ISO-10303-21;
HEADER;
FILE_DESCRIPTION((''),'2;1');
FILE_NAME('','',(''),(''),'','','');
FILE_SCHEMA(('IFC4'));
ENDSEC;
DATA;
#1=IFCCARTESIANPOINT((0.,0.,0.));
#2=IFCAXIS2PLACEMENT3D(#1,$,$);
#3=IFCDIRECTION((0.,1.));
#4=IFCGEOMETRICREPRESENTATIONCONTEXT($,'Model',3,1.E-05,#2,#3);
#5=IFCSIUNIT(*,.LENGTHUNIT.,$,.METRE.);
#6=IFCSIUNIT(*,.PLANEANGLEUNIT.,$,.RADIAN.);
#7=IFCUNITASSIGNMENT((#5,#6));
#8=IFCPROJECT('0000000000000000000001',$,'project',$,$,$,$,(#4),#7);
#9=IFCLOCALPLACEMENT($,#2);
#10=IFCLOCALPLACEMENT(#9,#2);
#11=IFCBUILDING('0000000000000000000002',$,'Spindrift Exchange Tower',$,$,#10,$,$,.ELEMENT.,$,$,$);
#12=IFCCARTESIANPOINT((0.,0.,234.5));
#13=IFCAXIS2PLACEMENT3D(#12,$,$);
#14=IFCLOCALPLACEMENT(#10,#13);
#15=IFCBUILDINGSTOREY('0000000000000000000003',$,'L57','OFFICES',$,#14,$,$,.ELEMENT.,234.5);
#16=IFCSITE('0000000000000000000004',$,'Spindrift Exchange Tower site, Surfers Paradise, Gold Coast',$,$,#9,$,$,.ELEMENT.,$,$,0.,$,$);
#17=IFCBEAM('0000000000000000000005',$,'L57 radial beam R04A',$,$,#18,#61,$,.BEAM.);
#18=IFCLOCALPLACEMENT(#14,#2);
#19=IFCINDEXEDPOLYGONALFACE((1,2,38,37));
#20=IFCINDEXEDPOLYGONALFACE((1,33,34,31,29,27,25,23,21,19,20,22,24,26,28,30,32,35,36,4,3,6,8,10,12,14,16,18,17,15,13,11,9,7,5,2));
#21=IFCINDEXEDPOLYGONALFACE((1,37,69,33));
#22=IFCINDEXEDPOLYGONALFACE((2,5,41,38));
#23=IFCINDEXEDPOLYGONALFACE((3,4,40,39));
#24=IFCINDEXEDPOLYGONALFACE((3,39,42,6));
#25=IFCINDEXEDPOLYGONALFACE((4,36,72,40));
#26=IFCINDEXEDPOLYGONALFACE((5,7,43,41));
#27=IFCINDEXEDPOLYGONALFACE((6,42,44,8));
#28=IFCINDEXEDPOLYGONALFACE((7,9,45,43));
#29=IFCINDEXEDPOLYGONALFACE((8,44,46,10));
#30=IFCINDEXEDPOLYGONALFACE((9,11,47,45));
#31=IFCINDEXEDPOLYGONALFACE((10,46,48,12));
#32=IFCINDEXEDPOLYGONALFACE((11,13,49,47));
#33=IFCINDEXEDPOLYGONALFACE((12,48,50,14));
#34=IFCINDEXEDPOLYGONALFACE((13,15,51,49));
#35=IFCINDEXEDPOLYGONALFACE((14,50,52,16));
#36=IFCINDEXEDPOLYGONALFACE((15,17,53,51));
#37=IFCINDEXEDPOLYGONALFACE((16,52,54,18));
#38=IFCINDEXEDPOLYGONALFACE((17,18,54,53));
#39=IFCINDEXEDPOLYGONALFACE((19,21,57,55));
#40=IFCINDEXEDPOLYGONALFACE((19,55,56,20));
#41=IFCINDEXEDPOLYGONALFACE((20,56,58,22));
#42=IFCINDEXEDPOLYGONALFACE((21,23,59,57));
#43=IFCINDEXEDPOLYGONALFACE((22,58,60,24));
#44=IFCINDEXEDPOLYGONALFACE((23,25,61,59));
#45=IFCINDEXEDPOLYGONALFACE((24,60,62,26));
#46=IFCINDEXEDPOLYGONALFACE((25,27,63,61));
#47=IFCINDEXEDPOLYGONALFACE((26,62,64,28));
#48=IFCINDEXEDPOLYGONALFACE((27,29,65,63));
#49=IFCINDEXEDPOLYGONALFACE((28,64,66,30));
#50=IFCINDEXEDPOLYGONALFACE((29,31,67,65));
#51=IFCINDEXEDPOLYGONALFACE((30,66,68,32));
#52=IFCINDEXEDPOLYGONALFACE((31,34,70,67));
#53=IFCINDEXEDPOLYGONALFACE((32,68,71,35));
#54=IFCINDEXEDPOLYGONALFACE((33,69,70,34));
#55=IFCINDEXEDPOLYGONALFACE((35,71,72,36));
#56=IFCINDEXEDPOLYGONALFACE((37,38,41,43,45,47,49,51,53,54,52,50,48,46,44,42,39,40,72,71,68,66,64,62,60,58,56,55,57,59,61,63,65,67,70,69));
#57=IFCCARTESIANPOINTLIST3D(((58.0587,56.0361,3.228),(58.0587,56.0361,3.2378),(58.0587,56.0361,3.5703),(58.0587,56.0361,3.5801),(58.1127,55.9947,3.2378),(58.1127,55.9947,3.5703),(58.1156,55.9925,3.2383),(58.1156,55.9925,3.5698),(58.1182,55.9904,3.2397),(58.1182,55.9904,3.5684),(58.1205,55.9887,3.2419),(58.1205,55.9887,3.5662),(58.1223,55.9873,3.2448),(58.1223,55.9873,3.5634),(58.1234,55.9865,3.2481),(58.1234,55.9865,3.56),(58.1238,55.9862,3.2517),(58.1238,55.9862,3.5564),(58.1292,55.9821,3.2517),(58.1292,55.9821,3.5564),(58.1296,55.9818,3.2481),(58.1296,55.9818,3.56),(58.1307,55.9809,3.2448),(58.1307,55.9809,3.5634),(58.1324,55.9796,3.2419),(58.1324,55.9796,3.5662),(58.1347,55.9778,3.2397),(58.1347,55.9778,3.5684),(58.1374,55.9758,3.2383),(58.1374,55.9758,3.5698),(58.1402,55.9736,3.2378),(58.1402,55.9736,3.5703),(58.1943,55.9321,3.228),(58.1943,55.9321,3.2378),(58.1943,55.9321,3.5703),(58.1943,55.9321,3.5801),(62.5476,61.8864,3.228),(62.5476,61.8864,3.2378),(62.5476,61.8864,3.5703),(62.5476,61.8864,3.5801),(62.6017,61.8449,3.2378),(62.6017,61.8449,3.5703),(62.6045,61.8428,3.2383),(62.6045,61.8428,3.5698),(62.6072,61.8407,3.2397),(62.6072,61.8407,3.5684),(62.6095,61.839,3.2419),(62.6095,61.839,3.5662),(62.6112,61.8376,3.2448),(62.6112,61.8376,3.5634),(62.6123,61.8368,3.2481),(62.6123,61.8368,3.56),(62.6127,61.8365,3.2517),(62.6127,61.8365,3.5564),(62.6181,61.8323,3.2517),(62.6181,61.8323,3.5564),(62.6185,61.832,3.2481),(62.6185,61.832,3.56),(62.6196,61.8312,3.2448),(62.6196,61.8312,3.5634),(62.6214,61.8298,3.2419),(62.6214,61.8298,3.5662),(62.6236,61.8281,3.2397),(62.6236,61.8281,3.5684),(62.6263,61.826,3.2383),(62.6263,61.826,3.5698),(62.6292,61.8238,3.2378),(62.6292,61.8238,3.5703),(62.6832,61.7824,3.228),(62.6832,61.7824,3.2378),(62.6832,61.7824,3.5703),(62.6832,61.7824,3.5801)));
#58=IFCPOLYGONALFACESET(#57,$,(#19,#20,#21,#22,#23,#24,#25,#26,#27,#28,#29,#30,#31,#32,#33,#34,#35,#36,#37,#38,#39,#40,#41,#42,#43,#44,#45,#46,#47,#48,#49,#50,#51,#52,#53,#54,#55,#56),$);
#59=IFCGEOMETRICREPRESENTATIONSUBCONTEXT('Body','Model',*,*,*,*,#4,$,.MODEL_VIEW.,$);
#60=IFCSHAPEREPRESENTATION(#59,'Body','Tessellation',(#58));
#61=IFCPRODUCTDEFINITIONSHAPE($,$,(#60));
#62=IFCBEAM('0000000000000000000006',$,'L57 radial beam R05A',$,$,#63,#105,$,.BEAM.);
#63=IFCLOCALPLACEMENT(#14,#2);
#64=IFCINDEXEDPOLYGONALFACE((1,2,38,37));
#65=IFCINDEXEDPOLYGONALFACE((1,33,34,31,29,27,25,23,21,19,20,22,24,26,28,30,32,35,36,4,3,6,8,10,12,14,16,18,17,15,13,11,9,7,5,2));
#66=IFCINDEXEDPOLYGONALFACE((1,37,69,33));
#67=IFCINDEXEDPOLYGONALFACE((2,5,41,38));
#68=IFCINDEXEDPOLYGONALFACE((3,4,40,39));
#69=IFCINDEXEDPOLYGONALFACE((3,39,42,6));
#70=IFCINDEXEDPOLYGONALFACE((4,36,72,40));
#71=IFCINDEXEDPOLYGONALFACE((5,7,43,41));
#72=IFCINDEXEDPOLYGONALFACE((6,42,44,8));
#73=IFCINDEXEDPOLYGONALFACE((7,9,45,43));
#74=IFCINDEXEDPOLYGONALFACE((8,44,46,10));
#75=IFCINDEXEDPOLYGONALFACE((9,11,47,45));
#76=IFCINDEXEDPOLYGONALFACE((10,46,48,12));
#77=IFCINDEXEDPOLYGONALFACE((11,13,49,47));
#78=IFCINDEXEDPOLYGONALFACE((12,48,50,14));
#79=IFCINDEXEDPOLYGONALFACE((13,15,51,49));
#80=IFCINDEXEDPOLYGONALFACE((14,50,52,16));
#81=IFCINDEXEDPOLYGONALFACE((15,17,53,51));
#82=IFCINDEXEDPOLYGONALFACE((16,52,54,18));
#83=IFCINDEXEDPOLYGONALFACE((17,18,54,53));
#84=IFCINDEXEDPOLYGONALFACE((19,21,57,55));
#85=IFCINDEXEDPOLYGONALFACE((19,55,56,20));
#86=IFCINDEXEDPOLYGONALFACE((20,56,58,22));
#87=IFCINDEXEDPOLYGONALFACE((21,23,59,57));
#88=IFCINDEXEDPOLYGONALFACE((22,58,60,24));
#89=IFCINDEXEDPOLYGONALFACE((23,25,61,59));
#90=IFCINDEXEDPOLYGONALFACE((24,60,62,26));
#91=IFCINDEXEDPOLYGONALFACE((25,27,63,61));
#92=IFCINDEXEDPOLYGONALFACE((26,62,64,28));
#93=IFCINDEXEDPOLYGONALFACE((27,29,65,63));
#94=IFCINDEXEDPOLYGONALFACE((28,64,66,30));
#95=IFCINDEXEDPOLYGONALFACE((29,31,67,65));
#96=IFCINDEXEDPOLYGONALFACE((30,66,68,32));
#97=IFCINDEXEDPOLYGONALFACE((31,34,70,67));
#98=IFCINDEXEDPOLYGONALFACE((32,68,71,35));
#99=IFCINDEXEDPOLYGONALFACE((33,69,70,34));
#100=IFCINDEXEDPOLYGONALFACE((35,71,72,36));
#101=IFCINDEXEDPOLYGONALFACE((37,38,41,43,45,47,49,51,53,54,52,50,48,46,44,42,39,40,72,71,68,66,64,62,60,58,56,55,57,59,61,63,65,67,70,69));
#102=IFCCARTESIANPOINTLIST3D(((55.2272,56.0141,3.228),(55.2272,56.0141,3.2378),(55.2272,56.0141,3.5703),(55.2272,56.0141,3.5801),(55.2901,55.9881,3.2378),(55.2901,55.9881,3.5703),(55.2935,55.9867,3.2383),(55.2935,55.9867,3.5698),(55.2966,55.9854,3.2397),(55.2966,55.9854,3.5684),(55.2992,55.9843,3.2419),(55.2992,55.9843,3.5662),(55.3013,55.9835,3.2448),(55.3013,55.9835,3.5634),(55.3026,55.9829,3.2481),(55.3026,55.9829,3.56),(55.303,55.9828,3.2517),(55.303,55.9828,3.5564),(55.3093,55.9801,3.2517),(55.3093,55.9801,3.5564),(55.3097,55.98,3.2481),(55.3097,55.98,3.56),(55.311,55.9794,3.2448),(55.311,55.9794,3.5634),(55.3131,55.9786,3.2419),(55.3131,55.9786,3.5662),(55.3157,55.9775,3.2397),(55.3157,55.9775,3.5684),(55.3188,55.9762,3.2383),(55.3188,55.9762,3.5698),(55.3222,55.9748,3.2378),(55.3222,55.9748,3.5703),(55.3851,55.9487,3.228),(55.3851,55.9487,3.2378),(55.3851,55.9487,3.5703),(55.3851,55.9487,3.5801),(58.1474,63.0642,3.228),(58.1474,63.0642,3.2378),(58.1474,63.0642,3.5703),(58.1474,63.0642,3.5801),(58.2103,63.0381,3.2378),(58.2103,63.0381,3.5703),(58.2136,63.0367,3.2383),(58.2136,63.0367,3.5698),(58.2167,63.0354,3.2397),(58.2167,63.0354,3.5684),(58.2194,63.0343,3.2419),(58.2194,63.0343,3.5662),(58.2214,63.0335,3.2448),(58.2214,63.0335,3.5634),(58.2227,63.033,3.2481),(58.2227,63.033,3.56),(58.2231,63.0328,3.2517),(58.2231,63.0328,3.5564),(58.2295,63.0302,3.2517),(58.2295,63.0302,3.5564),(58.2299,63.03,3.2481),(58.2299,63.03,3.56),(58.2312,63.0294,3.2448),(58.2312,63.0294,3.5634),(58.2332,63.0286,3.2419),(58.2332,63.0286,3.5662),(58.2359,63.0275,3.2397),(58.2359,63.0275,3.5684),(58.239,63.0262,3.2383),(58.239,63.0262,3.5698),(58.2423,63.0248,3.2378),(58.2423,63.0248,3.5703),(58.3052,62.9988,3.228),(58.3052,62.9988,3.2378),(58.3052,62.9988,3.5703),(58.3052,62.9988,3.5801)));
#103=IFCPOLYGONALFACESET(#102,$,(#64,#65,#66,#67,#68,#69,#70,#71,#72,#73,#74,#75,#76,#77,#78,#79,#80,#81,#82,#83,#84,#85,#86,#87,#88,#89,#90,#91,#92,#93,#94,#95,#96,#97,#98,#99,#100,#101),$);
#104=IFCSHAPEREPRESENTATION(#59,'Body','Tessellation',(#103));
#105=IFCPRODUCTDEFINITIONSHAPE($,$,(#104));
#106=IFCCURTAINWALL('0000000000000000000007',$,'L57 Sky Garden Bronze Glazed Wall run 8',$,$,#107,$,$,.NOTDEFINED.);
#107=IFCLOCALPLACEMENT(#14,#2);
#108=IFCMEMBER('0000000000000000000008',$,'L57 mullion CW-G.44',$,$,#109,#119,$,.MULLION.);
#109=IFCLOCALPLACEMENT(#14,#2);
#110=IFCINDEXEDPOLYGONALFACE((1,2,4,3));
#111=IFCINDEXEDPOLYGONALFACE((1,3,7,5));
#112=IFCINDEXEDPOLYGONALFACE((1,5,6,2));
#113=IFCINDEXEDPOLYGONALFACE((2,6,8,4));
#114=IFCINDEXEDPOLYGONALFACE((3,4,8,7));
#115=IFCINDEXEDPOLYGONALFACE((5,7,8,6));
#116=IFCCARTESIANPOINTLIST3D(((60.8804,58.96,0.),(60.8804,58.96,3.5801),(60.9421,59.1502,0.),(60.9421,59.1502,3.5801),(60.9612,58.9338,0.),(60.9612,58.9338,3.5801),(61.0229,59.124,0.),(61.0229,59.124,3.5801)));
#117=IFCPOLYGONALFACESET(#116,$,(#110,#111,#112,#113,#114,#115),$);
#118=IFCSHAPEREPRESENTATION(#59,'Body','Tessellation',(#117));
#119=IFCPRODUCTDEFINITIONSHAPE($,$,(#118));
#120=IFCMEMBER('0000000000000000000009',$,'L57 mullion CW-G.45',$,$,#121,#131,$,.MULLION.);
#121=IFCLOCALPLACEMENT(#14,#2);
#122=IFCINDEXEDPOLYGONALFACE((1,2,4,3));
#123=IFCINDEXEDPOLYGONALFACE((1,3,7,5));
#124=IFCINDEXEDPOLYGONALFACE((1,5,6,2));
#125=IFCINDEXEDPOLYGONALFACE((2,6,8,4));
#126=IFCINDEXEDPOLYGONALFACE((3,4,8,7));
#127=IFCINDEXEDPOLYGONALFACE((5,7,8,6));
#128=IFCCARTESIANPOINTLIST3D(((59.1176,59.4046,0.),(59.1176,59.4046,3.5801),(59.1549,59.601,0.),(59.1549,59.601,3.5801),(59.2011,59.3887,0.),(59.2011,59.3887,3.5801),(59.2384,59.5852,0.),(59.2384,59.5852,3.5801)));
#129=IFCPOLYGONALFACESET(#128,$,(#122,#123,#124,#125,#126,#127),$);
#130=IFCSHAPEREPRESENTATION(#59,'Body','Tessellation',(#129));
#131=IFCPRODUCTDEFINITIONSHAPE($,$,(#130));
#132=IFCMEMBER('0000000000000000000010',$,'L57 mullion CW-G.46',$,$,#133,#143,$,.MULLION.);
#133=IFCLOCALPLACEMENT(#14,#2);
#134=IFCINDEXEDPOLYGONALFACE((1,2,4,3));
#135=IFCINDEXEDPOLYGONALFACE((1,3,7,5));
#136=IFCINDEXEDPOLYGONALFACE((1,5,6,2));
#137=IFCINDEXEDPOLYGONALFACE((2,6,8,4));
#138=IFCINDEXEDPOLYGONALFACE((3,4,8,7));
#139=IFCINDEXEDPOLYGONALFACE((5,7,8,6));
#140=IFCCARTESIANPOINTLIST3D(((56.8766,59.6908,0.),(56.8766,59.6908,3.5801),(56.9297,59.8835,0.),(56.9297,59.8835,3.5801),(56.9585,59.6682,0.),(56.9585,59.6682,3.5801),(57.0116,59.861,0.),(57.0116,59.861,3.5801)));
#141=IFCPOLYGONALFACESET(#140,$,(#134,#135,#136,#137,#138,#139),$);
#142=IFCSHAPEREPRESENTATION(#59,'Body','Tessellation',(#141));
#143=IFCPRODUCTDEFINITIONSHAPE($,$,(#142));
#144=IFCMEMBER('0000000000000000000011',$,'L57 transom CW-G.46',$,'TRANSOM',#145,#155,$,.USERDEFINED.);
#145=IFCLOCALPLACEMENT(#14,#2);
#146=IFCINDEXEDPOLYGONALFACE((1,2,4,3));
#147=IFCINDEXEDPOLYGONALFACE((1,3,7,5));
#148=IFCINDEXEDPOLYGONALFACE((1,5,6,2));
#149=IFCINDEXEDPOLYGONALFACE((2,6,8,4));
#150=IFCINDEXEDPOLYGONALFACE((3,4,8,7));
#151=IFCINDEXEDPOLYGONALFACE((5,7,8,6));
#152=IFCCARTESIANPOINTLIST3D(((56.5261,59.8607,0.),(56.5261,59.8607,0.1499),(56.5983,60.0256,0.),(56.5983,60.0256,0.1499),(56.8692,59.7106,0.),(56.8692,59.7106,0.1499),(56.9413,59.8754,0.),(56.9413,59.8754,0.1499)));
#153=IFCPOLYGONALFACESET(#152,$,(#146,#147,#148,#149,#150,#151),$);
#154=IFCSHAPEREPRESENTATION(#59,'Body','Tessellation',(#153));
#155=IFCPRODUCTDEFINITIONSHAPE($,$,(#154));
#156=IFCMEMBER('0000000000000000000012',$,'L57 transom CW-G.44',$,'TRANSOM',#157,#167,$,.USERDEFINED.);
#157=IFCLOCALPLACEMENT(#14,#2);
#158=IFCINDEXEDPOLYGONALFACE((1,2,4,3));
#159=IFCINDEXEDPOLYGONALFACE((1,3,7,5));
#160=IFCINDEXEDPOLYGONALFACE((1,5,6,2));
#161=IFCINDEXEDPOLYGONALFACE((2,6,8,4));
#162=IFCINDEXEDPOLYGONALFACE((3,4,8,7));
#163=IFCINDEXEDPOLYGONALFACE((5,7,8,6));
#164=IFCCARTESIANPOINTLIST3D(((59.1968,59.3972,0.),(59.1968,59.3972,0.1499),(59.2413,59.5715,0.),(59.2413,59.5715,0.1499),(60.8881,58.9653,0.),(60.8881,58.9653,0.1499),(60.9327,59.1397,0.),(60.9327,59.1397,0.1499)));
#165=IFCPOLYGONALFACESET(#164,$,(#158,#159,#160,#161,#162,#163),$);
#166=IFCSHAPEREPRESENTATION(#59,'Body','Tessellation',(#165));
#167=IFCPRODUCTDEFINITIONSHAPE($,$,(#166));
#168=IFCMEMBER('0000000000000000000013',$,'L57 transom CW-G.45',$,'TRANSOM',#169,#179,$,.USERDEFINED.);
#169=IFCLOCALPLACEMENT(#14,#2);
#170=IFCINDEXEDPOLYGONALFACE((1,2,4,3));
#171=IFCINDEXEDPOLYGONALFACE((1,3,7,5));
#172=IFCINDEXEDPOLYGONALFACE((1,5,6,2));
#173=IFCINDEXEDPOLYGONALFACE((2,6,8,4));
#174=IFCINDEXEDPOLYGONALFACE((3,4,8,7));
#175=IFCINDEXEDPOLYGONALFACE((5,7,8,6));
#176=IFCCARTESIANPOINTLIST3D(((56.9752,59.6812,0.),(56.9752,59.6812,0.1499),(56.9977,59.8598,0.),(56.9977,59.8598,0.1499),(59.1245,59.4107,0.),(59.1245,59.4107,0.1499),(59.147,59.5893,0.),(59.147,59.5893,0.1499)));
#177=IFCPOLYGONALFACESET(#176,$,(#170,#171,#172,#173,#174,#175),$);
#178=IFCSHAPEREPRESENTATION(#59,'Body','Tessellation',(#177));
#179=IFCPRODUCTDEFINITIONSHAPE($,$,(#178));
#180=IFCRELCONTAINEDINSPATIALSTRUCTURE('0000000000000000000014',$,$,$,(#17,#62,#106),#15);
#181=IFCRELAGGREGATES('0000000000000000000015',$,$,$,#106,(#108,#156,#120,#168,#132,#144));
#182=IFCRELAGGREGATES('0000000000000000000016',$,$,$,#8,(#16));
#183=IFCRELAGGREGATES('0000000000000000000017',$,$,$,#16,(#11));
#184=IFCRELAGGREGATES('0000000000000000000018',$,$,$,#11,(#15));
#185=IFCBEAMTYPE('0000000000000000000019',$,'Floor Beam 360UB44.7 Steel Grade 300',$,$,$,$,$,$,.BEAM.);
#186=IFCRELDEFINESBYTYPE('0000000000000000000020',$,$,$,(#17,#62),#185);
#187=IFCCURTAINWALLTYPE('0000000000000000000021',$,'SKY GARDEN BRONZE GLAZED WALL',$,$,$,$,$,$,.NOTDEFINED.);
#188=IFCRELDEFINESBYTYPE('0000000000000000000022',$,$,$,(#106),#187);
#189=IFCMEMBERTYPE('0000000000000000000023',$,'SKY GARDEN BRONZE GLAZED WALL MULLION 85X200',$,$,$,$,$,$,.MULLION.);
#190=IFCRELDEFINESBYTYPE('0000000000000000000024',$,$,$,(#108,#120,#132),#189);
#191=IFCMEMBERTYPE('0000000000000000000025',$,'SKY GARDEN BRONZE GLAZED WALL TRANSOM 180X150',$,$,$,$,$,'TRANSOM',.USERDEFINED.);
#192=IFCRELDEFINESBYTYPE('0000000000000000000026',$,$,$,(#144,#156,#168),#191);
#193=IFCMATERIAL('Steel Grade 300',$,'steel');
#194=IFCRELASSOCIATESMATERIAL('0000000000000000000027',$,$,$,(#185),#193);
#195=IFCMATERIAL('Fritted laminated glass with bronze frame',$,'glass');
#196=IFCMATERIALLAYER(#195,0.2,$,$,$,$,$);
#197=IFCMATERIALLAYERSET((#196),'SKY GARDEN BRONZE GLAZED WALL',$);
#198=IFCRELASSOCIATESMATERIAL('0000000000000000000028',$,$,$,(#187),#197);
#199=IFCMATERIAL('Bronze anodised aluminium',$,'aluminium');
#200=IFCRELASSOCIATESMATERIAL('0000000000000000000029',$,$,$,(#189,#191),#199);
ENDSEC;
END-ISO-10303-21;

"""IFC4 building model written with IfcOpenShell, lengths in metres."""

from ifc_helpers import new_model, si_unit, direction, frame, origin, origin_2d, place, context, subcontext, project, spatial, rectangle, i_section, extrude, source, transform, mapped, material, layer, layer_set, material_profile, profile_set, type_object, element, aggregate, save


model = new_model("IFC4")

# Units and contexts
model_context = context("Model", 3, precision=1e-05, world=origin(), true_north=direction((0.0, 1.0)))
body_context = subcontext(model_context, "Body", "Model", "MODEL_VIEW")
ifc_project = project(units=[si_unit("LENGTHUNIT", "METRE"), si_unit("PLANEANGLEUNIT", "RADIAN")], contexts=[model_context])

# Site, building, storey
site_placement = place(None, origin())
site = spatial("IfcSite", under=ifc_project, at=site_placement, Name="Spindrift Exchange Tower site, Surfers Paradise, Gold Coast", CompositionType="ELEMENT", RefElevation=0.0)
building_placement = place(site_placement, origin())
building = spatial("IfcBuilding", under=site, at=building_placement, Name="Spindrift Exchange Tower", CompositionType="ELEMENT")
storey_placement = place(building_placement, frame((0.0, 0.0, 234.5)))
storey = spatial("IfcBuildingStorey", under=building, at=storey_placement, Name="L57", Description="OFFICES", CompositionType="ELEMENT", Elevation=234.5)

# Beams
ifc_material_1 = material(Name="Steel Grade 300", Category="steel")
ifc_material_profile_1 = material_profile(ifc_material_1, i_section(OverallWidth=0.1709, OverallDepth=0.3521, WebThickness=0.0068, FlangeThickness=0.0098, FilletRadius=0.0139, at=origin_2d()), Name="360UB44.7")
ifc_profile_set_1 = profile_set([ifc_material_profile_1], Name="Steel Grade 300")
beam_type = type_object("IfcBeamType", Name="Floor Beam 360UB44.7 Steel Grade 300", PredefinedType="BEAM", material=ifc_profile_set_1)
shared_shape_1 = source(origin(), body_context, "Body", "SweptSolid", [
    extrude(i_section(OverallWidth=0.1709, OverallDepth=0.3521, WebThickness=0.0068, FlangeThickness=0.0098, FilletRadius=0.0139, at=origin_2d()), origin(), (0.0, 0.0, 1.0), 7.374),
])
beam_1_placement = place(storey_placement, frame((58.1265, 55.9841, 3.4041), z_axis=(0.608752, 0.793361, 0.0), x_axis=(-0.793361, 0.608752, 0.0)))
element("IfcBeam", 1, at=beam_1_placement, inside=storey, type_object=beam_type, Name="L57 radial beam R04A", PredefinedType="BEAM", context=body_context, shape_type="MappedRepresentation", body=[
    mapped(shared_shape_1, transform((0.0, 0.0, 0.0), scale=1.0)),
])
shared_shape_2 = source(origin(), body_context, "Body", "SweptSolid", [
    extrude(i_section(OverallWidth=0.1709, OverallDepth=0.3521, WebThickness=0.0068, FlangeThickness=0.0098, FilletRadius=0.0139, at=origin_2d()), origin(), (0.0, 0.0, 1.0), 7.6309),
])
beam_2_placement = place(storey_placement, frame((55.3062, 55.9814, 3.4041), z_axis=(0.382677, 0.923882, 0.0), x_axis=(-0.923882, 0.382677, 0.0)))
element("IfcBeam", 2, at=beam_2_placement, inside=storey, type_object=beam_type, Name="L57 radial beam R05A", PredefinedType="BEAM", context=body_context, shape_type="MappedRepresentation", body=[
    mapped(shared_shape_2, transform((0.0, 0.0, 0.0), scale=1.0)),
])

# Curtain wall, members
ifc_material_2 = material(Name="Fritted laminated glass with bronze frame", Category="glass")
ifc_layer_1 = layer(ifc_material_2, 0.2)
ifc_layer_set_1 = layer_set([ifc_layer_1], Name="SKY GARDEN BRONZE GLAZED WALL")
curtain_wall_type = type_object("IfcCurtainWallType", Name="SKY GARDEN BRONZE GLAZED WALL", PredefinedType="NOTDEFINED", material=ifc_layer_set_1)
curtain_wall_placement = place(storey_placement, origin())
curtain_wall = element("IfcCurtainWall", 3, at=curtain_wall_placement, inside=storey, type_object=curtain_wall_type, Name="L57 Sky Garden Bronze Glazed Wall run 8", PredefinedType="NOTDEFINED")
ifc_material_3 = material(Name="Bronze anodised aluminium", Category="aluminium")
ifc_material_profile_2 = material_profile(ifc_material_3, rectangle(XDim=0.085, YDim=0.2, at=origin_2d()), Name="SKY GARDEN BRONZE GLAZED WALL MULLION 85X200")
ifc_profile_set_2 = profile_set([ifc_material_profile_2], Name="Bronze anodised aluminium")
member_type_1 = type_object("IfcMemberType", Name="SKY GARDEN BRONZE GLAZED WALL MULLION 85X200", PredefinedType="MULLION", material=ifc_profile_set_2)
shared_shape_3 = source(origin(), body_context, "Body", "SweptSolid", [
    extrude(rectangle(XDim=0.085, YDim=0.2, at=origin_2d()), origin(), (0.0, 0.0, 1.0), 3.5801),
])
member_1_placement = place(storey_placement, frame((60.9517, 59.042, 0.0), z_axis=(0.0, 0.0, 1.0), x_axis=(-0.951268, 0.308365, 0.0)))
member_1 = element("IfcMember", 4, at=member_1_placement, type_object=member_type_1, Name="L57 mullion CW-G.44", PredefinedType="MULLION", context=body_context, shape_type="MappedRepresentation", body=[
    mapped(shared_shape_3, transform((0.0, 0.0, 0.0), scale=1.0)),
])
member_2_placement = place(storey_placement, frame((59.178, 59.4949, 0.0), z_axis=(0.0, 0.0, 1.0), x_axis=(-0.982466, 0.18644, 0.0)))
member_2 = element("IfcMember", 5, at=member_2_placement, type_object=member_type_1, Name="L57 mullion CW-G.45", PredefinedType="MULLION", context=body_context, shape_type="MappedRepresentation", body=[
    mapped(shared_shape_3, transform((0.0, 0.0, 0.0), scale=1.0)),
])
member_3_placement = place(storey_placement, frame((56.9441, 59.7759, 0.0), z_axis=(0.0, 0.0, 1.0), x_axis=(-0.964065, 0.265667, 0.0)))
member_3 = element("IfcMember", 6, at=member_3_placement, type_object=member_type_1, Name="L57 mullion CW-G.46", PredefinedType="MULLION", context=body_context, shape_type="MappedRepresentation", body=[
    mapped(shared_shape_3, transform((0.0, 0.0, 0.0), scale=1.0)),
])
ifc_material_profile_3 = material_profile(ifc_material_3, rectangle(XDim=0.1799, YDim=0.1499, at=origin_2d()), Name="SKY GARDEN BRONZE GLAZED WALL TRANSOM 180X150")
ifc_profile_set_3 = profile_set([ifc_material_profile_3], Name="Bronze anodised aluminium")
member_type_2 = type_object("IfcMemberType", Name="SKY GARDEN BRONZE GLAZED WALL TRANSOM 180X150", ElementType="TRANSOM", PredefinedType="USERDEFINED", material=ifc_profile_set_3)
shared_shape_4 = source(origin(), body_context, "Body", "SweptSolid", [
    extrude(rectangle(XDim=0.1799, YDim=0.1499, at=origin_2d()), origin(), (0.0, 0.0, 1.0), 0.3745),
])
member_4_placement = place(storey_placement, frame((56.9053, 59.793, 0.075), z_axis=(-0.916082, 0.40099, 0.0), x_axis=(-0.40099, -0.916082, 0.0)))
member_4 = element("IfcMember", 7, at=member_4_placement, type_object=member_type_2, Name="L57 transom CW-G.46", ObjectType="TRANSOM", PredefinedType="USERDEFINED", context=body_context, shape_type="MappedRepresentation", body=[
    mapped(shared_shape_4, transform((0.0, 0.0, 0.0), scale=1.0)),
])
shared_shape_5 = source(origin(), body_context, "Body", "SweptSolid", [
    extrude(rectangle(XDim=0.1799, YDim=0.1499, at=origin_2d()), origin(), (0.0, 0.0, 1.0), 1.7456),
])
member_5_placement = place(storey_placement, frame((60.9104, 59.0525, 0.075), z_axis=(-0.968913, 0.247403, 0.0), x_axis=(-0.247403, -0.968913, 0.0)))
member_5 = element("IfcMember", 8, at=member_5_placement, type_object=member_type_2, Name="L57 transom CW-G.44", ObjectType="TRANSOM", PredefinedType="USERDEFINED", context=body_context, shape_type="MappedRepresentation", body=[
    mapped(shared_shape_5, transform((0.0, 0.0, 0.0), scale=1.0)),
])
shared_shape_6 = source(origin(), body_context, "Body", "SweptSolid", [
    extrude(rectangle(XDim=0.1799, YDim=0.1499, at=origin_2d()), origin(), (0.0, 0.0, 1.0), 2.1663),
])
member_6_placement = place(storey_placement, frame((59.1357, 59.5, 0.075), z_axis=(-0.992174, 0.124867, 0.0), x_axis=(-0.124867, -0.992174, 0.0)))
member_6 = element("IfcMember", 9, at=member_6_placement, type_object=member_type_2, Name="L57 transom CW-G.45", ObjectType="TRANSOM", PredefinedType="USERDEFINED", context=body_context, shape_type="MappedRepresentation", body=[
    mapped(shared_shape_6, transform((0.0, 0.0, 0.0), scale=1.0)),
])
aggregate(curtain_wall, [member_1, member_5, member_2, member_6, member_3, member_4])

save(model, "model.ifc")
